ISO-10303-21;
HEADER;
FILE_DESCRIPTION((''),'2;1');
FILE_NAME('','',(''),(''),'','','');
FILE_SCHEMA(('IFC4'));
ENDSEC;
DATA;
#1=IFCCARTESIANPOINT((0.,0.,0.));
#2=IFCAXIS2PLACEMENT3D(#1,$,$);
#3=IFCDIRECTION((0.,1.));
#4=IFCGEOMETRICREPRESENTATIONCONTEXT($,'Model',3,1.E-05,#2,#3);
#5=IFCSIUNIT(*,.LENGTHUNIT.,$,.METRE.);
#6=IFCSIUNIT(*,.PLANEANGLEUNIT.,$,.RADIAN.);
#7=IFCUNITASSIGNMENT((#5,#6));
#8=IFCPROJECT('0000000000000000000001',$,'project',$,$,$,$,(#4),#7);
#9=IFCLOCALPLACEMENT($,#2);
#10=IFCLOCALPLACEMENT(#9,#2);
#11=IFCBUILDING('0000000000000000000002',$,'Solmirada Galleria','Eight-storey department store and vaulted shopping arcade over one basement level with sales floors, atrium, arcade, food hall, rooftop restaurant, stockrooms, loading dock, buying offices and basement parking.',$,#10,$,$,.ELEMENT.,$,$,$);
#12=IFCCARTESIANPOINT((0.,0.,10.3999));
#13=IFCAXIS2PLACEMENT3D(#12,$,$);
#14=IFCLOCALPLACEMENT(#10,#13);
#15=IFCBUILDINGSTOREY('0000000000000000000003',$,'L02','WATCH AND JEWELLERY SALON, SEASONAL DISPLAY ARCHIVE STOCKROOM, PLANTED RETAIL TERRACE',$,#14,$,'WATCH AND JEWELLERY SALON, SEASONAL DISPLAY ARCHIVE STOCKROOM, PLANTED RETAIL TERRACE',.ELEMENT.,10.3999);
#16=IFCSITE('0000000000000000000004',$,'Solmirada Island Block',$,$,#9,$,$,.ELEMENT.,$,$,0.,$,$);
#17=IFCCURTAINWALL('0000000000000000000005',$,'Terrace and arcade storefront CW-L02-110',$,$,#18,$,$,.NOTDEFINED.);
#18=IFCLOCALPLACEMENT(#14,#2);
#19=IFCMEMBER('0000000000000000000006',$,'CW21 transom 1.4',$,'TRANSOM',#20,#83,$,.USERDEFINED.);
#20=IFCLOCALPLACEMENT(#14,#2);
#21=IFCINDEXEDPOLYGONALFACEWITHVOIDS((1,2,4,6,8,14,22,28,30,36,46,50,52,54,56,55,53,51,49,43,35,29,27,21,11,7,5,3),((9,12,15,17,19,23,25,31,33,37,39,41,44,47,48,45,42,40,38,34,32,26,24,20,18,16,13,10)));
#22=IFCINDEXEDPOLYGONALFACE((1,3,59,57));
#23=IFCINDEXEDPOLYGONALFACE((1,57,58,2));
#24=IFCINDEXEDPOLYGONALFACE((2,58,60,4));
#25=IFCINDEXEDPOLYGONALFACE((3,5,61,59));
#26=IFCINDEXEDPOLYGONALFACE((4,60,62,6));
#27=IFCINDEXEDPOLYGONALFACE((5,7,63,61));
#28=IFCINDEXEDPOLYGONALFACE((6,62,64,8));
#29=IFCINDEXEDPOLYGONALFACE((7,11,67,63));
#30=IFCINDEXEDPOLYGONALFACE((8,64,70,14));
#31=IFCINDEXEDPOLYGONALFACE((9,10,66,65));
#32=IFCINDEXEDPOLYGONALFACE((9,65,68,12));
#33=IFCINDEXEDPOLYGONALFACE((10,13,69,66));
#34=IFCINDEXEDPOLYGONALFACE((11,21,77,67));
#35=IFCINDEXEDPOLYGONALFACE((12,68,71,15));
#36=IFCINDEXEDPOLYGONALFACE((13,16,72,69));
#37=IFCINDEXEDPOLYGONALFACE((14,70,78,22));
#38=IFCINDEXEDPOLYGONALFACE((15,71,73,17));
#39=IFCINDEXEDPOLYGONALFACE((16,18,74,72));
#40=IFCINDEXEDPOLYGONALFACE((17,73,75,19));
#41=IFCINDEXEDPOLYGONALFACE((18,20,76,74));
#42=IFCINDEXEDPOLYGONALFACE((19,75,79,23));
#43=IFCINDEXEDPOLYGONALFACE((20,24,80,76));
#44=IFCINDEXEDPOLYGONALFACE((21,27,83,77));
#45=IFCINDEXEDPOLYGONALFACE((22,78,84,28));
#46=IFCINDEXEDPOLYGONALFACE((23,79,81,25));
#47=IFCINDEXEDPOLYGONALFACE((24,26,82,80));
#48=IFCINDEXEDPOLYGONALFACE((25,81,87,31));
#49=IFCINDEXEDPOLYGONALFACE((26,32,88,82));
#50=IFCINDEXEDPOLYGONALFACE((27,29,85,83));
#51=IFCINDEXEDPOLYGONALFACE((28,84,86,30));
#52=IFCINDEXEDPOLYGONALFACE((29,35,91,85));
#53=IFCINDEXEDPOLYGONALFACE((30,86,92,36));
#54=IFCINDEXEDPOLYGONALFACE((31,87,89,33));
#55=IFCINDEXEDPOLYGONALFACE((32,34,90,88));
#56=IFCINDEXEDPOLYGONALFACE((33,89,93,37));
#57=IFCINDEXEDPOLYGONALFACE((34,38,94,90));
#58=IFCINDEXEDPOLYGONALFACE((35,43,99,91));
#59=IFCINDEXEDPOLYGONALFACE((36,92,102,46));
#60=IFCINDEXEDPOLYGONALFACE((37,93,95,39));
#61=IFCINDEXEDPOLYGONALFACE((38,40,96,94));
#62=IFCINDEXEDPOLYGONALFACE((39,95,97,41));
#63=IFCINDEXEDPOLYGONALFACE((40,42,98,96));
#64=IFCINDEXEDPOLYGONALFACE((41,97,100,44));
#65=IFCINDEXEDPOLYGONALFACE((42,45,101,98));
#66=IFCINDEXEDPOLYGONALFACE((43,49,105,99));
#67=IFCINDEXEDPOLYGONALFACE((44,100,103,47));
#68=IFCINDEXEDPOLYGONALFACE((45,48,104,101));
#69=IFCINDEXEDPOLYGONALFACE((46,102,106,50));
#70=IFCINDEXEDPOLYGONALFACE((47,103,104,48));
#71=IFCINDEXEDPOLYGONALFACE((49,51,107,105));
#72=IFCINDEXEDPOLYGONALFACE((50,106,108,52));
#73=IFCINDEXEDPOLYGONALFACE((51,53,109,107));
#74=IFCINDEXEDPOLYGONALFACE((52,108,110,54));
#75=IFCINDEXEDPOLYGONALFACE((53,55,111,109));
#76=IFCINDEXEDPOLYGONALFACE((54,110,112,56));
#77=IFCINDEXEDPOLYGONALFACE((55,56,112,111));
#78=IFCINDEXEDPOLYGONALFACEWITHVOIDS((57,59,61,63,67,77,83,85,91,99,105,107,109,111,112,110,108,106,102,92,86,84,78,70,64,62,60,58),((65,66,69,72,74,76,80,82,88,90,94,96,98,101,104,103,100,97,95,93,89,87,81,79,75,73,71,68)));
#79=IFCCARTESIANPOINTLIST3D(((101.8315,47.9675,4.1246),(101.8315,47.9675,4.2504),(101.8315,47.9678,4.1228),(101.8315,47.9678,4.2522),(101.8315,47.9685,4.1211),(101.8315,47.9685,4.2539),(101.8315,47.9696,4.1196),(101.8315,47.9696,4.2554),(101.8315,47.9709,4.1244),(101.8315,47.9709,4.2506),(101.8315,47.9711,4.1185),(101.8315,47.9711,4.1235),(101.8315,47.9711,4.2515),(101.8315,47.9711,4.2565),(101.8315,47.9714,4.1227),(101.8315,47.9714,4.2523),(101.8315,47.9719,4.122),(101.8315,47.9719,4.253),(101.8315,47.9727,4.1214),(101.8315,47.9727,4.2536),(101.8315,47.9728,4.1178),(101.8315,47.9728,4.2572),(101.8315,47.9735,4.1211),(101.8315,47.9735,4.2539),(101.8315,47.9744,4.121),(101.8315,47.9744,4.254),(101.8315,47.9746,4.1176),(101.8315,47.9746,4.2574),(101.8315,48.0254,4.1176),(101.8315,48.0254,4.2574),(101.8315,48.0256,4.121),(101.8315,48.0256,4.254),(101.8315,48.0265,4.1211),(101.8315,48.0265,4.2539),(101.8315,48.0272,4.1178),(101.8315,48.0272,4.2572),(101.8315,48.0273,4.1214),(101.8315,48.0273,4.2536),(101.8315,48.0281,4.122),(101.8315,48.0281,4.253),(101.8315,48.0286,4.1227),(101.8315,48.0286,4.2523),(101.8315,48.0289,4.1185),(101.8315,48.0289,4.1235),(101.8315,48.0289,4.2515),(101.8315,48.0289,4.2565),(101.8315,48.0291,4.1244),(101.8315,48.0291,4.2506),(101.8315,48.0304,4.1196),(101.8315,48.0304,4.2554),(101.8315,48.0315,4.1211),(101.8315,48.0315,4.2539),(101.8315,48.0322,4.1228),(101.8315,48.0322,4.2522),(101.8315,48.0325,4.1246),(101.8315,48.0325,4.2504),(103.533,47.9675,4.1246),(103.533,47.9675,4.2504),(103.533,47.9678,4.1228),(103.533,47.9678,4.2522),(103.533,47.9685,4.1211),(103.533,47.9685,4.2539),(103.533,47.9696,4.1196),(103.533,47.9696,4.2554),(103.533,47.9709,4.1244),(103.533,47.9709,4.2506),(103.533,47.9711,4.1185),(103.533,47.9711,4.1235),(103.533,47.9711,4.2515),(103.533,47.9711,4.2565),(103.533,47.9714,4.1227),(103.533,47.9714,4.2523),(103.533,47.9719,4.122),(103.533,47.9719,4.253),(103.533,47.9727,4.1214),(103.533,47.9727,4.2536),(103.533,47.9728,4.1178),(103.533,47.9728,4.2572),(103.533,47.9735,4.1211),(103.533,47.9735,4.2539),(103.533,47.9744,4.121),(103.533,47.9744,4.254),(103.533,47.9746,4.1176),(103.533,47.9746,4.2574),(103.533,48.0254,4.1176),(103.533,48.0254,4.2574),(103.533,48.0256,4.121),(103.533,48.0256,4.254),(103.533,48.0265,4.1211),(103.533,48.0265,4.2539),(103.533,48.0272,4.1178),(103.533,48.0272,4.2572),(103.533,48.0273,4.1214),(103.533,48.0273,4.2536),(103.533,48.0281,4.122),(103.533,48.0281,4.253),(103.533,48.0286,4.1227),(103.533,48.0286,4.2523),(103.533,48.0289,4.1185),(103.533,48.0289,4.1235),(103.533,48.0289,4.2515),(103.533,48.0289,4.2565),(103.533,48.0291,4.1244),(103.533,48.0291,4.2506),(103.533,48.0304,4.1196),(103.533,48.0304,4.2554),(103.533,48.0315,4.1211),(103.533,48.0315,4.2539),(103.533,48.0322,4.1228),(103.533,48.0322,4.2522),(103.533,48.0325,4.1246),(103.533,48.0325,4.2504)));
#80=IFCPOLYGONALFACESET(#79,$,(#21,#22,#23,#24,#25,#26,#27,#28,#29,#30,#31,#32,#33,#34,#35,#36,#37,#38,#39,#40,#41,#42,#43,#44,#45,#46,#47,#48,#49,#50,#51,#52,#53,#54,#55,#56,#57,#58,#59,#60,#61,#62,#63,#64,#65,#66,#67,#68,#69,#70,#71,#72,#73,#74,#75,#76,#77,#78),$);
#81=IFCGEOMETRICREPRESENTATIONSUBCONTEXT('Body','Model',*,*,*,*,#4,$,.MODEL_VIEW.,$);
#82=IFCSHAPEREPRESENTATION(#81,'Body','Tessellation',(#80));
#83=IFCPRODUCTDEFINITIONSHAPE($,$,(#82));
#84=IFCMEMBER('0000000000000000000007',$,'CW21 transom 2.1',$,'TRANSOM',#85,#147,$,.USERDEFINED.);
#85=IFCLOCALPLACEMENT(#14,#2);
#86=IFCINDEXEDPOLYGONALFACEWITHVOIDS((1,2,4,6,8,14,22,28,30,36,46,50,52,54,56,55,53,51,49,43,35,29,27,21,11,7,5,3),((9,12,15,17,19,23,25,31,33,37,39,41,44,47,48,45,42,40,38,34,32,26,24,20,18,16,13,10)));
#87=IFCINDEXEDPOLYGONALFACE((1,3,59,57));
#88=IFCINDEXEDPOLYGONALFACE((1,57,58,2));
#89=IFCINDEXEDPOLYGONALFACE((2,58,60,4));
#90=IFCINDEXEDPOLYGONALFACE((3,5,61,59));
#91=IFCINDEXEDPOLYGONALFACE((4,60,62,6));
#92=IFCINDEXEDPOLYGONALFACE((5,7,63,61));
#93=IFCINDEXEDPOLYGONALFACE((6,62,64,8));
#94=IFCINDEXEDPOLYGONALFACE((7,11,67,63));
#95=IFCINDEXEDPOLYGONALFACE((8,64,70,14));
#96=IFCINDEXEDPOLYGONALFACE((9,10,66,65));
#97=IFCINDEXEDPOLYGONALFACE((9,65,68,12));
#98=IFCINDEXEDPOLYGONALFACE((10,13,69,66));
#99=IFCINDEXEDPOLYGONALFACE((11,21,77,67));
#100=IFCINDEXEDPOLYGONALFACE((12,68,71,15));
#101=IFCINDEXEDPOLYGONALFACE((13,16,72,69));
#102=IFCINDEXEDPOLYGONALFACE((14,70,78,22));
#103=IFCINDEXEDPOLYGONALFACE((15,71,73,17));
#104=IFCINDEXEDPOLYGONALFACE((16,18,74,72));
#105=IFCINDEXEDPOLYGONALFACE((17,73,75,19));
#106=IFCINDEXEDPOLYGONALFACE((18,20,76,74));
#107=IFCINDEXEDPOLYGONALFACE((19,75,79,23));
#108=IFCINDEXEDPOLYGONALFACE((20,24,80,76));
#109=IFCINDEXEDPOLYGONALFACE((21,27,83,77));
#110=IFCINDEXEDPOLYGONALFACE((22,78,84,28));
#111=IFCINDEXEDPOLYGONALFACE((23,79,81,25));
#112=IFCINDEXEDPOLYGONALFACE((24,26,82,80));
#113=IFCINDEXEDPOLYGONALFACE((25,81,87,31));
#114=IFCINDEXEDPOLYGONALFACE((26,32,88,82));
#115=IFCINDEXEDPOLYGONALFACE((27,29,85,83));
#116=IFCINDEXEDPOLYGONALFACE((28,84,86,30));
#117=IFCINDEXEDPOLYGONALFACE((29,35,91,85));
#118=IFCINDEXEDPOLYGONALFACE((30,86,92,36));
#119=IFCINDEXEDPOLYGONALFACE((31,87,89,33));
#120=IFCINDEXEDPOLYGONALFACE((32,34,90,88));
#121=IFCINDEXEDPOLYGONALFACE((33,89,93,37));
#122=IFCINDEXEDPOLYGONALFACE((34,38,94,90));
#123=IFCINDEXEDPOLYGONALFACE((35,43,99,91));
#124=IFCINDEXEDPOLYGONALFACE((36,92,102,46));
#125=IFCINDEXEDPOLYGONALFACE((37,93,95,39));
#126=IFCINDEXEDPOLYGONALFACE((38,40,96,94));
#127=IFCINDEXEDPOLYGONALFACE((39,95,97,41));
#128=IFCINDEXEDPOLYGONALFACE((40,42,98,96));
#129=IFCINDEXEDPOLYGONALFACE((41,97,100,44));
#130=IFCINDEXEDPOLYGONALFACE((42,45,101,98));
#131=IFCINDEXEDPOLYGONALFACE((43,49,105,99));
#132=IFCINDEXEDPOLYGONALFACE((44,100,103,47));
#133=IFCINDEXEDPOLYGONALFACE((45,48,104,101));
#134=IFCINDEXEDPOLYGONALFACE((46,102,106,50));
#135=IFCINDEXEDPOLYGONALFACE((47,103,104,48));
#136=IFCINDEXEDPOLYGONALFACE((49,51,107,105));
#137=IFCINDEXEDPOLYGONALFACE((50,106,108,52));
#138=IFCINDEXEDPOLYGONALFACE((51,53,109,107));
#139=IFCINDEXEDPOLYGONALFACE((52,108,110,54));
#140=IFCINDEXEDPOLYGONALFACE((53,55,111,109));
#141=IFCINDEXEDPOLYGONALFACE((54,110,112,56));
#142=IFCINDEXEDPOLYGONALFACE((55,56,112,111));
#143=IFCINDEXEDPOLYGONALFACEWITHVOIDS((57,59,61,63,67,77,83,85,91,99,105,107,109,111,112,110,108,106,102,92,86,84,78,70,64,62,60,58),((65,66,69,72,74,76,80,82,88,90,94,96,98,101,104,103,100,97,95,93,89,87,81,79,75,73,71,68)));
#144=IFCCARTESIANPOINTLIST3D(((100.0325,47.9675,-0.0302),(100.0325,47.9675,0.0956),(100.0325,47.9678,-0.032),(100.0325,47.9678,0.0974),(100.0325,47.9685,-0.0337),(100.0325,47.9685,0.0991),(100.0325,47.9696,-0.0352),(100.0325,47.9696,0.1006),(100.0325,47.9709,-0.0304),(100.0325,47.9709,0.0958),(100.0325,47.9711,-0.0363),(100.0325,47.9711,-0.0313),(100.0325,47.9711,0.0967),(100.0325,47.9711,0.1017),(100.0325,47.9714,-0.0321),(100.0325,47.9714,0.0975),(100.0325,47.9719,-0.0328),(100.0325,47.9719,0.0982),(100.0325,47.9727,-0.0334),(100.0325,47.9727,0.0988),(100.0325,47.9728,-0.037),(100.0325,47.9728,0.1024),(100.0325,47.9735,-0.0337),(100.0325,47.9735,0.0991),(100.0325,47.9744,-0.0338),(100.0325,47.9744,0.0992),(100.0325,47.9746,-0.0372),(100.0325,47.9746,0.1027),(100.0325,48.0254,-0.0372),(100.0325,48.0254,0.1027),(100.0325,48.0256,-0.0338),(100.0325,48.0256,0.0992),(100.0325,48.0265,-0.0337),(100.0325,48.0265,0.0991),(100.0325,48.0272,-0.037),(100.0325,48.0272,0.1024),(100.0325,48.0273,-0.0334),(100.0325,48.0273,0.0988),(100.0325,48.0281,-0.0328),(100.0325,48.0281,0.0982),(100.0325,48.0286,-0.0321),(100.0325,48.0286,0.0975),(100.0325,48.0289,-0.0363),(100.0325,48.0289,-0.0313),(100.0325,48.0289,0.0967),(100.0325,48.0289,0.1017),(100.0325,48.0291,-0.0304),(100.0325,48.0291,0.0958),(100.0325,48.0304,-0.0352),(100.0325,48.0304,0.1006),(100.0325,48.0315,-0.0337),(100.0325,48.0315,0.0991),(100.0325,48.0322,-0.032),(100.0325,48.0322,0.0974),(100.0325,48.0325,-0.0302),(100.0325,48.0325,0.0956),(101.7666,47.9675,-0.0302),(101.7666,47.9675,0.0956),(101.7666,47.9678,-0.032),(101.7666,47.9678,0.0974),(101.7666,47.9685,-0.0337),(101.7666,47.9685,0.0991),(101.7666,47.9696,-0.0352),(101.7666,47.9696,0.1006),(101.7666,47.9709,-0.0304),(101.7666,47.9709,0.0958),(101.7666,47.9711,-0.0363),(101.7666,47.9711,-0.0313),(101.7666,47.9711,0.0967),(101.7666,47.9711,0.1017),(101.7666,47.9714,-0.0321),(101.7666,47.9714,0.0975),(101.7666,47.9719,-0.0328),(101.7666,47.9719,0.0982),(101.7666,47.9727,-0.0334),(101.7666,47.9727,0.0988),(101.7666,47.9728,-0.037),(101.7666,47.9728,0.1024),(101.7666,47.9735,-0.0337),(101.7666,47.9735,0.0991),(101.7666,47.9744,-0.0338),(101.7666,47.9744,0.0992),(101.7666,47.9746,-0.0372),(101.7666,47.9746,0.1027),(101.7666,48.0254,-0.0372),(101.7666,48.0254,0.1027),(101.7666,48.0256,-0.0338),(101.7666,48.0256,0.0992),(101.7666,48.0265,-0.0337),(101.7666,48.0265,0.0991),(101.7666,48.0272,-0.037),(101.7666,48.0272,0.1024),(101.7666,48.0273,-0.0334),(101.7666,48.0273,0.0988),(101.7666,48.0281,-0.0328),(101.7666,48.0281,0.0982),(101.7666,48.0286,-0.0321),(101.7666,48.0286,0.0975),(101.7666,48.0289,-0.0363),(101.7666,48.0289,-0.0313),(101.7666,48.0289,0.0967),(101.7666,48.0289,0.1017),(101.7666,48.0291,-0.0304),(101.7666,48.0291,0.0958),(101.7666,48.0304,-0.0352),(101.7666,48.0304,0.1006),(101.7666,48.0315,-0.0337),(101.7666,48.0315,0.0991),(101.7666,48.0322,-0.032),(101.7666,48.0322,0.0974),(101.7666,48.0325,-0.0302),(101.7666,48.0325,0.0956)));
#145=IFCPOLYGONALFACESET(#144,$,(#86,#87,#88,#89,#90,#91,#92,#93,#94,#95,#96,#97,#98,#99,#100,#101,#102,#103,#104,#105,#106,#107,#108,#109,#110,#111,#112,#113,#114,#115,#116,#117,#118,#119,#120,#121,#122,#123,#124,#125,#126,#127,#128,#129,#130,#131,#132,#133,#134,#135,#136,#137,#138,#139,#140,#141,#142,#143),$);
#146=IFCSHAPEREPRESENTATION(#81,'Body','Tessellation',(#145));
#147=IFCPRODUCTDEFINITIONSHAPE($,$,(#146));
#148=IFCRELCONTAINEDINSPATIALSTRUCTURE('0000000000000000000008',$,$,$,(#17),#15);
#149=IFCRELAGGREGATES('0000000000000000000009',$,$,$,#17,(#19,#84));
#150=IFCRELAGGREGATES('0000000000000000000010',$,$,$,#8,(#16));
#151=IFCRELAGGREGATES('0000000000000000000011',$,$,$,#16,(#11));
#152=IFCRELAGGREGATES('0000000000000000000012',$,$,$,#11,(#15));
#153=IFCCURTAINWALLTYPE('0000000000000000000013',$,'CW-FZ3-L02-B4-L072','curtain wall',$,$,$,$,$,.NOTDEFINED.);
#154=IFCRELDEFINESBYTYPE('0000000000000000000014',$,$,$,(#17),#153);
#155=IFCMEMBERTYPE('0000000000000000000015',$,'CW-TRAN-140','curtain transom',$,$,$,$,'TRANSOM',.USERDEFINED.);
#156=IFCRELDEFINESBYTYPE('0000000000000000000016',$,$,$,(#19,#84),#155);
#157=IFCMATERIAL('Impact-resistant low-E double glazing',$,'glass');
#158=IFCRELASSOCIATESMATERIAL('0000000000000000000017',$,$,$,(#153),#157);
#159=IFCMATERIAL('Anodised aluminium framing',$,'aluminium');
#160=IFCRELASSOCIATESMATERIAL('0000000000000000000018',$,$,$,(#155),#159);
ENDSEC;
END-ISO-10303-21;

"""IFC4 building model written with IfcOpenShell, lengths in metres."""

from ifc_helpers import new_model, si_unit, direction, frame, origin, origin_2d, place, context, subcontext, project, spatial, hollow_rectangle, extrude, material, material_profile, profile_set, type_object, element, aggregate, save


model = new_model("IFC4")

# Units and contexts
model_context = context("Model", 3, precision=1e-05, world=origin(), true_north=direction((0.0, 1.0)))
body_context = subcontext(model_context, "Body", "Model", "MODEL_VIEW")
ifc_project = project(units=[si_unit("LENGTHUNIT", "METRE"), si_unit("PLANEANGLEUNIT", "RADIAN")], contexts=[model_context])

# Site, building, storey
site_placement = place(None, origin())
site = spatial("IfcSite", under=ifc_project, at=site_placement, Name="Solmirada Island Block", CompositionType="ELEMENT", RefElevation=0.0)
building_placement = place(site_placement, origin())
building = spatial("IfcBuilding", under=site, at=building_placement, Name="Solmirada Galleria", Description="Eight-storey department store and vaulted shopping arcade over one basement level with sales floors, atrium, arcade, food hall, rooftop restaurant, stockrooms, loading dock, buying offices and basement parking.", CompositionType="ELEMENT")
storey_placement = place(building_placement, frame((0.0, 0.0, 10.3999)))
storey = spatial("IfcBuildingStorey", under=building, at=storey_placement, Name="L02", Description="WATCH AND JEWELLERY SALON, SEASONAL DISPLAY ARCHIVE STOCKROOM, PLANTED RETAIL TERRACE", LongName="WATCH AND JEWELLERY SALON, SEASONAL DISPLAY ARCHIVE STOCKROOM, PLANTED RETAIL TERRACE", CompositionType="ELEMENT", Elevation=10.3999)

# Curtain wall
ifc_material_1 = material(Name="Impact-resistant low-E double glazing", Category="glass")
curtain_wall_type = type_object("IfcCurtainWallType", Name="CW-FZ3-L02-B4-L072", Description="curtain wall", PredefinedType="NOTDEFINED", material=ifc_material_1)
ifc_material_2 = material(Name="Anodised aluminium framing", Category="aluminium")
curtain_wall_1_placement = place(storey_placement, origin())
curtain_wall_1 = element("IfcCurtainWall", 1, at=curtain_wall_1_placement, inside=storey, type_object=curtain_wall_type, Name="Terrace and arcade storefront CW-L02-110", PredefinedType="NOTDEFINED")

# Members
ifc_material_profile_1 = material_profile(ifc_material_2, hollow_rectangle(XDim=0.0649, YDim=0.1399, WallThickness=0.0034, InnerFilletRadius=0.0034, OuterFilletRadius=0.0071, at=origin_2d()), Name="ALU-TRAN-140X65")
ifc_profile_set_1 = profile_set([ifc_material_profile_1], Name="Anodised aluminium framing")
member_type_1 = type_object("IfcMemberType", Name="CW-TRAN-140", Description="curtain transom", ElementType="TRANSOM", PredefinedType="USERDEFINED", material=ifc_profile_set_1)
member_1_placement = place(storey_placement, frame((103.533, 48.0, 4.1875), z_axis=(-1.0, 0.0, 0.0), x_axis=(0.0, -1.0, 0.0)))
member_1 = element("IfcMember", 2, at=member_1_placement, type_object=member_type_1, Name="CW21 transom 1.4", ObjectType="TRANSOM", PredefinedType="USERDEFINED", context=body_context, shape_type="SweptSolid", body=[
    extrude(hollow_rectangle(XDim=0.0649, YDim=0.1399, WallThickness=0.0034, InnerFilletRadius=0.0034, OuterFilletRadius=0.0071, at=origin_2d()), origin(), (0.0, 0.0, 1.0), 1.7014),
])
member_2_placement = place(storey_placement, frame((101.7666, 48.0, 0.0327), z_axis=(-1.0, 0.0, 0.0), x_axis=(0.0, -1.0, 0.0)))
member_2 = element("IfcMember", 3, at=member_2_placement, type_object=member_type_1, Name="CW21 transom 2.1", ObjectType="TRANSOM", PredefinedType="USERDEFINED", context=body_context, shape_type="SweptSolid", body=[
    extrude(hollow_rectangle(XDim=0.0649, YDim=0.1399, WallThickness=0.0034, InnerFilletRadius=0.0034, OuterFilletRadius=0.0071, at=origin_2d()), origin(), (0.0, 0.0, 1.0), 1.7341),
])

aggregate(curtain_wall_1, [member_1, member_2])

save(model, "model.ifc")
